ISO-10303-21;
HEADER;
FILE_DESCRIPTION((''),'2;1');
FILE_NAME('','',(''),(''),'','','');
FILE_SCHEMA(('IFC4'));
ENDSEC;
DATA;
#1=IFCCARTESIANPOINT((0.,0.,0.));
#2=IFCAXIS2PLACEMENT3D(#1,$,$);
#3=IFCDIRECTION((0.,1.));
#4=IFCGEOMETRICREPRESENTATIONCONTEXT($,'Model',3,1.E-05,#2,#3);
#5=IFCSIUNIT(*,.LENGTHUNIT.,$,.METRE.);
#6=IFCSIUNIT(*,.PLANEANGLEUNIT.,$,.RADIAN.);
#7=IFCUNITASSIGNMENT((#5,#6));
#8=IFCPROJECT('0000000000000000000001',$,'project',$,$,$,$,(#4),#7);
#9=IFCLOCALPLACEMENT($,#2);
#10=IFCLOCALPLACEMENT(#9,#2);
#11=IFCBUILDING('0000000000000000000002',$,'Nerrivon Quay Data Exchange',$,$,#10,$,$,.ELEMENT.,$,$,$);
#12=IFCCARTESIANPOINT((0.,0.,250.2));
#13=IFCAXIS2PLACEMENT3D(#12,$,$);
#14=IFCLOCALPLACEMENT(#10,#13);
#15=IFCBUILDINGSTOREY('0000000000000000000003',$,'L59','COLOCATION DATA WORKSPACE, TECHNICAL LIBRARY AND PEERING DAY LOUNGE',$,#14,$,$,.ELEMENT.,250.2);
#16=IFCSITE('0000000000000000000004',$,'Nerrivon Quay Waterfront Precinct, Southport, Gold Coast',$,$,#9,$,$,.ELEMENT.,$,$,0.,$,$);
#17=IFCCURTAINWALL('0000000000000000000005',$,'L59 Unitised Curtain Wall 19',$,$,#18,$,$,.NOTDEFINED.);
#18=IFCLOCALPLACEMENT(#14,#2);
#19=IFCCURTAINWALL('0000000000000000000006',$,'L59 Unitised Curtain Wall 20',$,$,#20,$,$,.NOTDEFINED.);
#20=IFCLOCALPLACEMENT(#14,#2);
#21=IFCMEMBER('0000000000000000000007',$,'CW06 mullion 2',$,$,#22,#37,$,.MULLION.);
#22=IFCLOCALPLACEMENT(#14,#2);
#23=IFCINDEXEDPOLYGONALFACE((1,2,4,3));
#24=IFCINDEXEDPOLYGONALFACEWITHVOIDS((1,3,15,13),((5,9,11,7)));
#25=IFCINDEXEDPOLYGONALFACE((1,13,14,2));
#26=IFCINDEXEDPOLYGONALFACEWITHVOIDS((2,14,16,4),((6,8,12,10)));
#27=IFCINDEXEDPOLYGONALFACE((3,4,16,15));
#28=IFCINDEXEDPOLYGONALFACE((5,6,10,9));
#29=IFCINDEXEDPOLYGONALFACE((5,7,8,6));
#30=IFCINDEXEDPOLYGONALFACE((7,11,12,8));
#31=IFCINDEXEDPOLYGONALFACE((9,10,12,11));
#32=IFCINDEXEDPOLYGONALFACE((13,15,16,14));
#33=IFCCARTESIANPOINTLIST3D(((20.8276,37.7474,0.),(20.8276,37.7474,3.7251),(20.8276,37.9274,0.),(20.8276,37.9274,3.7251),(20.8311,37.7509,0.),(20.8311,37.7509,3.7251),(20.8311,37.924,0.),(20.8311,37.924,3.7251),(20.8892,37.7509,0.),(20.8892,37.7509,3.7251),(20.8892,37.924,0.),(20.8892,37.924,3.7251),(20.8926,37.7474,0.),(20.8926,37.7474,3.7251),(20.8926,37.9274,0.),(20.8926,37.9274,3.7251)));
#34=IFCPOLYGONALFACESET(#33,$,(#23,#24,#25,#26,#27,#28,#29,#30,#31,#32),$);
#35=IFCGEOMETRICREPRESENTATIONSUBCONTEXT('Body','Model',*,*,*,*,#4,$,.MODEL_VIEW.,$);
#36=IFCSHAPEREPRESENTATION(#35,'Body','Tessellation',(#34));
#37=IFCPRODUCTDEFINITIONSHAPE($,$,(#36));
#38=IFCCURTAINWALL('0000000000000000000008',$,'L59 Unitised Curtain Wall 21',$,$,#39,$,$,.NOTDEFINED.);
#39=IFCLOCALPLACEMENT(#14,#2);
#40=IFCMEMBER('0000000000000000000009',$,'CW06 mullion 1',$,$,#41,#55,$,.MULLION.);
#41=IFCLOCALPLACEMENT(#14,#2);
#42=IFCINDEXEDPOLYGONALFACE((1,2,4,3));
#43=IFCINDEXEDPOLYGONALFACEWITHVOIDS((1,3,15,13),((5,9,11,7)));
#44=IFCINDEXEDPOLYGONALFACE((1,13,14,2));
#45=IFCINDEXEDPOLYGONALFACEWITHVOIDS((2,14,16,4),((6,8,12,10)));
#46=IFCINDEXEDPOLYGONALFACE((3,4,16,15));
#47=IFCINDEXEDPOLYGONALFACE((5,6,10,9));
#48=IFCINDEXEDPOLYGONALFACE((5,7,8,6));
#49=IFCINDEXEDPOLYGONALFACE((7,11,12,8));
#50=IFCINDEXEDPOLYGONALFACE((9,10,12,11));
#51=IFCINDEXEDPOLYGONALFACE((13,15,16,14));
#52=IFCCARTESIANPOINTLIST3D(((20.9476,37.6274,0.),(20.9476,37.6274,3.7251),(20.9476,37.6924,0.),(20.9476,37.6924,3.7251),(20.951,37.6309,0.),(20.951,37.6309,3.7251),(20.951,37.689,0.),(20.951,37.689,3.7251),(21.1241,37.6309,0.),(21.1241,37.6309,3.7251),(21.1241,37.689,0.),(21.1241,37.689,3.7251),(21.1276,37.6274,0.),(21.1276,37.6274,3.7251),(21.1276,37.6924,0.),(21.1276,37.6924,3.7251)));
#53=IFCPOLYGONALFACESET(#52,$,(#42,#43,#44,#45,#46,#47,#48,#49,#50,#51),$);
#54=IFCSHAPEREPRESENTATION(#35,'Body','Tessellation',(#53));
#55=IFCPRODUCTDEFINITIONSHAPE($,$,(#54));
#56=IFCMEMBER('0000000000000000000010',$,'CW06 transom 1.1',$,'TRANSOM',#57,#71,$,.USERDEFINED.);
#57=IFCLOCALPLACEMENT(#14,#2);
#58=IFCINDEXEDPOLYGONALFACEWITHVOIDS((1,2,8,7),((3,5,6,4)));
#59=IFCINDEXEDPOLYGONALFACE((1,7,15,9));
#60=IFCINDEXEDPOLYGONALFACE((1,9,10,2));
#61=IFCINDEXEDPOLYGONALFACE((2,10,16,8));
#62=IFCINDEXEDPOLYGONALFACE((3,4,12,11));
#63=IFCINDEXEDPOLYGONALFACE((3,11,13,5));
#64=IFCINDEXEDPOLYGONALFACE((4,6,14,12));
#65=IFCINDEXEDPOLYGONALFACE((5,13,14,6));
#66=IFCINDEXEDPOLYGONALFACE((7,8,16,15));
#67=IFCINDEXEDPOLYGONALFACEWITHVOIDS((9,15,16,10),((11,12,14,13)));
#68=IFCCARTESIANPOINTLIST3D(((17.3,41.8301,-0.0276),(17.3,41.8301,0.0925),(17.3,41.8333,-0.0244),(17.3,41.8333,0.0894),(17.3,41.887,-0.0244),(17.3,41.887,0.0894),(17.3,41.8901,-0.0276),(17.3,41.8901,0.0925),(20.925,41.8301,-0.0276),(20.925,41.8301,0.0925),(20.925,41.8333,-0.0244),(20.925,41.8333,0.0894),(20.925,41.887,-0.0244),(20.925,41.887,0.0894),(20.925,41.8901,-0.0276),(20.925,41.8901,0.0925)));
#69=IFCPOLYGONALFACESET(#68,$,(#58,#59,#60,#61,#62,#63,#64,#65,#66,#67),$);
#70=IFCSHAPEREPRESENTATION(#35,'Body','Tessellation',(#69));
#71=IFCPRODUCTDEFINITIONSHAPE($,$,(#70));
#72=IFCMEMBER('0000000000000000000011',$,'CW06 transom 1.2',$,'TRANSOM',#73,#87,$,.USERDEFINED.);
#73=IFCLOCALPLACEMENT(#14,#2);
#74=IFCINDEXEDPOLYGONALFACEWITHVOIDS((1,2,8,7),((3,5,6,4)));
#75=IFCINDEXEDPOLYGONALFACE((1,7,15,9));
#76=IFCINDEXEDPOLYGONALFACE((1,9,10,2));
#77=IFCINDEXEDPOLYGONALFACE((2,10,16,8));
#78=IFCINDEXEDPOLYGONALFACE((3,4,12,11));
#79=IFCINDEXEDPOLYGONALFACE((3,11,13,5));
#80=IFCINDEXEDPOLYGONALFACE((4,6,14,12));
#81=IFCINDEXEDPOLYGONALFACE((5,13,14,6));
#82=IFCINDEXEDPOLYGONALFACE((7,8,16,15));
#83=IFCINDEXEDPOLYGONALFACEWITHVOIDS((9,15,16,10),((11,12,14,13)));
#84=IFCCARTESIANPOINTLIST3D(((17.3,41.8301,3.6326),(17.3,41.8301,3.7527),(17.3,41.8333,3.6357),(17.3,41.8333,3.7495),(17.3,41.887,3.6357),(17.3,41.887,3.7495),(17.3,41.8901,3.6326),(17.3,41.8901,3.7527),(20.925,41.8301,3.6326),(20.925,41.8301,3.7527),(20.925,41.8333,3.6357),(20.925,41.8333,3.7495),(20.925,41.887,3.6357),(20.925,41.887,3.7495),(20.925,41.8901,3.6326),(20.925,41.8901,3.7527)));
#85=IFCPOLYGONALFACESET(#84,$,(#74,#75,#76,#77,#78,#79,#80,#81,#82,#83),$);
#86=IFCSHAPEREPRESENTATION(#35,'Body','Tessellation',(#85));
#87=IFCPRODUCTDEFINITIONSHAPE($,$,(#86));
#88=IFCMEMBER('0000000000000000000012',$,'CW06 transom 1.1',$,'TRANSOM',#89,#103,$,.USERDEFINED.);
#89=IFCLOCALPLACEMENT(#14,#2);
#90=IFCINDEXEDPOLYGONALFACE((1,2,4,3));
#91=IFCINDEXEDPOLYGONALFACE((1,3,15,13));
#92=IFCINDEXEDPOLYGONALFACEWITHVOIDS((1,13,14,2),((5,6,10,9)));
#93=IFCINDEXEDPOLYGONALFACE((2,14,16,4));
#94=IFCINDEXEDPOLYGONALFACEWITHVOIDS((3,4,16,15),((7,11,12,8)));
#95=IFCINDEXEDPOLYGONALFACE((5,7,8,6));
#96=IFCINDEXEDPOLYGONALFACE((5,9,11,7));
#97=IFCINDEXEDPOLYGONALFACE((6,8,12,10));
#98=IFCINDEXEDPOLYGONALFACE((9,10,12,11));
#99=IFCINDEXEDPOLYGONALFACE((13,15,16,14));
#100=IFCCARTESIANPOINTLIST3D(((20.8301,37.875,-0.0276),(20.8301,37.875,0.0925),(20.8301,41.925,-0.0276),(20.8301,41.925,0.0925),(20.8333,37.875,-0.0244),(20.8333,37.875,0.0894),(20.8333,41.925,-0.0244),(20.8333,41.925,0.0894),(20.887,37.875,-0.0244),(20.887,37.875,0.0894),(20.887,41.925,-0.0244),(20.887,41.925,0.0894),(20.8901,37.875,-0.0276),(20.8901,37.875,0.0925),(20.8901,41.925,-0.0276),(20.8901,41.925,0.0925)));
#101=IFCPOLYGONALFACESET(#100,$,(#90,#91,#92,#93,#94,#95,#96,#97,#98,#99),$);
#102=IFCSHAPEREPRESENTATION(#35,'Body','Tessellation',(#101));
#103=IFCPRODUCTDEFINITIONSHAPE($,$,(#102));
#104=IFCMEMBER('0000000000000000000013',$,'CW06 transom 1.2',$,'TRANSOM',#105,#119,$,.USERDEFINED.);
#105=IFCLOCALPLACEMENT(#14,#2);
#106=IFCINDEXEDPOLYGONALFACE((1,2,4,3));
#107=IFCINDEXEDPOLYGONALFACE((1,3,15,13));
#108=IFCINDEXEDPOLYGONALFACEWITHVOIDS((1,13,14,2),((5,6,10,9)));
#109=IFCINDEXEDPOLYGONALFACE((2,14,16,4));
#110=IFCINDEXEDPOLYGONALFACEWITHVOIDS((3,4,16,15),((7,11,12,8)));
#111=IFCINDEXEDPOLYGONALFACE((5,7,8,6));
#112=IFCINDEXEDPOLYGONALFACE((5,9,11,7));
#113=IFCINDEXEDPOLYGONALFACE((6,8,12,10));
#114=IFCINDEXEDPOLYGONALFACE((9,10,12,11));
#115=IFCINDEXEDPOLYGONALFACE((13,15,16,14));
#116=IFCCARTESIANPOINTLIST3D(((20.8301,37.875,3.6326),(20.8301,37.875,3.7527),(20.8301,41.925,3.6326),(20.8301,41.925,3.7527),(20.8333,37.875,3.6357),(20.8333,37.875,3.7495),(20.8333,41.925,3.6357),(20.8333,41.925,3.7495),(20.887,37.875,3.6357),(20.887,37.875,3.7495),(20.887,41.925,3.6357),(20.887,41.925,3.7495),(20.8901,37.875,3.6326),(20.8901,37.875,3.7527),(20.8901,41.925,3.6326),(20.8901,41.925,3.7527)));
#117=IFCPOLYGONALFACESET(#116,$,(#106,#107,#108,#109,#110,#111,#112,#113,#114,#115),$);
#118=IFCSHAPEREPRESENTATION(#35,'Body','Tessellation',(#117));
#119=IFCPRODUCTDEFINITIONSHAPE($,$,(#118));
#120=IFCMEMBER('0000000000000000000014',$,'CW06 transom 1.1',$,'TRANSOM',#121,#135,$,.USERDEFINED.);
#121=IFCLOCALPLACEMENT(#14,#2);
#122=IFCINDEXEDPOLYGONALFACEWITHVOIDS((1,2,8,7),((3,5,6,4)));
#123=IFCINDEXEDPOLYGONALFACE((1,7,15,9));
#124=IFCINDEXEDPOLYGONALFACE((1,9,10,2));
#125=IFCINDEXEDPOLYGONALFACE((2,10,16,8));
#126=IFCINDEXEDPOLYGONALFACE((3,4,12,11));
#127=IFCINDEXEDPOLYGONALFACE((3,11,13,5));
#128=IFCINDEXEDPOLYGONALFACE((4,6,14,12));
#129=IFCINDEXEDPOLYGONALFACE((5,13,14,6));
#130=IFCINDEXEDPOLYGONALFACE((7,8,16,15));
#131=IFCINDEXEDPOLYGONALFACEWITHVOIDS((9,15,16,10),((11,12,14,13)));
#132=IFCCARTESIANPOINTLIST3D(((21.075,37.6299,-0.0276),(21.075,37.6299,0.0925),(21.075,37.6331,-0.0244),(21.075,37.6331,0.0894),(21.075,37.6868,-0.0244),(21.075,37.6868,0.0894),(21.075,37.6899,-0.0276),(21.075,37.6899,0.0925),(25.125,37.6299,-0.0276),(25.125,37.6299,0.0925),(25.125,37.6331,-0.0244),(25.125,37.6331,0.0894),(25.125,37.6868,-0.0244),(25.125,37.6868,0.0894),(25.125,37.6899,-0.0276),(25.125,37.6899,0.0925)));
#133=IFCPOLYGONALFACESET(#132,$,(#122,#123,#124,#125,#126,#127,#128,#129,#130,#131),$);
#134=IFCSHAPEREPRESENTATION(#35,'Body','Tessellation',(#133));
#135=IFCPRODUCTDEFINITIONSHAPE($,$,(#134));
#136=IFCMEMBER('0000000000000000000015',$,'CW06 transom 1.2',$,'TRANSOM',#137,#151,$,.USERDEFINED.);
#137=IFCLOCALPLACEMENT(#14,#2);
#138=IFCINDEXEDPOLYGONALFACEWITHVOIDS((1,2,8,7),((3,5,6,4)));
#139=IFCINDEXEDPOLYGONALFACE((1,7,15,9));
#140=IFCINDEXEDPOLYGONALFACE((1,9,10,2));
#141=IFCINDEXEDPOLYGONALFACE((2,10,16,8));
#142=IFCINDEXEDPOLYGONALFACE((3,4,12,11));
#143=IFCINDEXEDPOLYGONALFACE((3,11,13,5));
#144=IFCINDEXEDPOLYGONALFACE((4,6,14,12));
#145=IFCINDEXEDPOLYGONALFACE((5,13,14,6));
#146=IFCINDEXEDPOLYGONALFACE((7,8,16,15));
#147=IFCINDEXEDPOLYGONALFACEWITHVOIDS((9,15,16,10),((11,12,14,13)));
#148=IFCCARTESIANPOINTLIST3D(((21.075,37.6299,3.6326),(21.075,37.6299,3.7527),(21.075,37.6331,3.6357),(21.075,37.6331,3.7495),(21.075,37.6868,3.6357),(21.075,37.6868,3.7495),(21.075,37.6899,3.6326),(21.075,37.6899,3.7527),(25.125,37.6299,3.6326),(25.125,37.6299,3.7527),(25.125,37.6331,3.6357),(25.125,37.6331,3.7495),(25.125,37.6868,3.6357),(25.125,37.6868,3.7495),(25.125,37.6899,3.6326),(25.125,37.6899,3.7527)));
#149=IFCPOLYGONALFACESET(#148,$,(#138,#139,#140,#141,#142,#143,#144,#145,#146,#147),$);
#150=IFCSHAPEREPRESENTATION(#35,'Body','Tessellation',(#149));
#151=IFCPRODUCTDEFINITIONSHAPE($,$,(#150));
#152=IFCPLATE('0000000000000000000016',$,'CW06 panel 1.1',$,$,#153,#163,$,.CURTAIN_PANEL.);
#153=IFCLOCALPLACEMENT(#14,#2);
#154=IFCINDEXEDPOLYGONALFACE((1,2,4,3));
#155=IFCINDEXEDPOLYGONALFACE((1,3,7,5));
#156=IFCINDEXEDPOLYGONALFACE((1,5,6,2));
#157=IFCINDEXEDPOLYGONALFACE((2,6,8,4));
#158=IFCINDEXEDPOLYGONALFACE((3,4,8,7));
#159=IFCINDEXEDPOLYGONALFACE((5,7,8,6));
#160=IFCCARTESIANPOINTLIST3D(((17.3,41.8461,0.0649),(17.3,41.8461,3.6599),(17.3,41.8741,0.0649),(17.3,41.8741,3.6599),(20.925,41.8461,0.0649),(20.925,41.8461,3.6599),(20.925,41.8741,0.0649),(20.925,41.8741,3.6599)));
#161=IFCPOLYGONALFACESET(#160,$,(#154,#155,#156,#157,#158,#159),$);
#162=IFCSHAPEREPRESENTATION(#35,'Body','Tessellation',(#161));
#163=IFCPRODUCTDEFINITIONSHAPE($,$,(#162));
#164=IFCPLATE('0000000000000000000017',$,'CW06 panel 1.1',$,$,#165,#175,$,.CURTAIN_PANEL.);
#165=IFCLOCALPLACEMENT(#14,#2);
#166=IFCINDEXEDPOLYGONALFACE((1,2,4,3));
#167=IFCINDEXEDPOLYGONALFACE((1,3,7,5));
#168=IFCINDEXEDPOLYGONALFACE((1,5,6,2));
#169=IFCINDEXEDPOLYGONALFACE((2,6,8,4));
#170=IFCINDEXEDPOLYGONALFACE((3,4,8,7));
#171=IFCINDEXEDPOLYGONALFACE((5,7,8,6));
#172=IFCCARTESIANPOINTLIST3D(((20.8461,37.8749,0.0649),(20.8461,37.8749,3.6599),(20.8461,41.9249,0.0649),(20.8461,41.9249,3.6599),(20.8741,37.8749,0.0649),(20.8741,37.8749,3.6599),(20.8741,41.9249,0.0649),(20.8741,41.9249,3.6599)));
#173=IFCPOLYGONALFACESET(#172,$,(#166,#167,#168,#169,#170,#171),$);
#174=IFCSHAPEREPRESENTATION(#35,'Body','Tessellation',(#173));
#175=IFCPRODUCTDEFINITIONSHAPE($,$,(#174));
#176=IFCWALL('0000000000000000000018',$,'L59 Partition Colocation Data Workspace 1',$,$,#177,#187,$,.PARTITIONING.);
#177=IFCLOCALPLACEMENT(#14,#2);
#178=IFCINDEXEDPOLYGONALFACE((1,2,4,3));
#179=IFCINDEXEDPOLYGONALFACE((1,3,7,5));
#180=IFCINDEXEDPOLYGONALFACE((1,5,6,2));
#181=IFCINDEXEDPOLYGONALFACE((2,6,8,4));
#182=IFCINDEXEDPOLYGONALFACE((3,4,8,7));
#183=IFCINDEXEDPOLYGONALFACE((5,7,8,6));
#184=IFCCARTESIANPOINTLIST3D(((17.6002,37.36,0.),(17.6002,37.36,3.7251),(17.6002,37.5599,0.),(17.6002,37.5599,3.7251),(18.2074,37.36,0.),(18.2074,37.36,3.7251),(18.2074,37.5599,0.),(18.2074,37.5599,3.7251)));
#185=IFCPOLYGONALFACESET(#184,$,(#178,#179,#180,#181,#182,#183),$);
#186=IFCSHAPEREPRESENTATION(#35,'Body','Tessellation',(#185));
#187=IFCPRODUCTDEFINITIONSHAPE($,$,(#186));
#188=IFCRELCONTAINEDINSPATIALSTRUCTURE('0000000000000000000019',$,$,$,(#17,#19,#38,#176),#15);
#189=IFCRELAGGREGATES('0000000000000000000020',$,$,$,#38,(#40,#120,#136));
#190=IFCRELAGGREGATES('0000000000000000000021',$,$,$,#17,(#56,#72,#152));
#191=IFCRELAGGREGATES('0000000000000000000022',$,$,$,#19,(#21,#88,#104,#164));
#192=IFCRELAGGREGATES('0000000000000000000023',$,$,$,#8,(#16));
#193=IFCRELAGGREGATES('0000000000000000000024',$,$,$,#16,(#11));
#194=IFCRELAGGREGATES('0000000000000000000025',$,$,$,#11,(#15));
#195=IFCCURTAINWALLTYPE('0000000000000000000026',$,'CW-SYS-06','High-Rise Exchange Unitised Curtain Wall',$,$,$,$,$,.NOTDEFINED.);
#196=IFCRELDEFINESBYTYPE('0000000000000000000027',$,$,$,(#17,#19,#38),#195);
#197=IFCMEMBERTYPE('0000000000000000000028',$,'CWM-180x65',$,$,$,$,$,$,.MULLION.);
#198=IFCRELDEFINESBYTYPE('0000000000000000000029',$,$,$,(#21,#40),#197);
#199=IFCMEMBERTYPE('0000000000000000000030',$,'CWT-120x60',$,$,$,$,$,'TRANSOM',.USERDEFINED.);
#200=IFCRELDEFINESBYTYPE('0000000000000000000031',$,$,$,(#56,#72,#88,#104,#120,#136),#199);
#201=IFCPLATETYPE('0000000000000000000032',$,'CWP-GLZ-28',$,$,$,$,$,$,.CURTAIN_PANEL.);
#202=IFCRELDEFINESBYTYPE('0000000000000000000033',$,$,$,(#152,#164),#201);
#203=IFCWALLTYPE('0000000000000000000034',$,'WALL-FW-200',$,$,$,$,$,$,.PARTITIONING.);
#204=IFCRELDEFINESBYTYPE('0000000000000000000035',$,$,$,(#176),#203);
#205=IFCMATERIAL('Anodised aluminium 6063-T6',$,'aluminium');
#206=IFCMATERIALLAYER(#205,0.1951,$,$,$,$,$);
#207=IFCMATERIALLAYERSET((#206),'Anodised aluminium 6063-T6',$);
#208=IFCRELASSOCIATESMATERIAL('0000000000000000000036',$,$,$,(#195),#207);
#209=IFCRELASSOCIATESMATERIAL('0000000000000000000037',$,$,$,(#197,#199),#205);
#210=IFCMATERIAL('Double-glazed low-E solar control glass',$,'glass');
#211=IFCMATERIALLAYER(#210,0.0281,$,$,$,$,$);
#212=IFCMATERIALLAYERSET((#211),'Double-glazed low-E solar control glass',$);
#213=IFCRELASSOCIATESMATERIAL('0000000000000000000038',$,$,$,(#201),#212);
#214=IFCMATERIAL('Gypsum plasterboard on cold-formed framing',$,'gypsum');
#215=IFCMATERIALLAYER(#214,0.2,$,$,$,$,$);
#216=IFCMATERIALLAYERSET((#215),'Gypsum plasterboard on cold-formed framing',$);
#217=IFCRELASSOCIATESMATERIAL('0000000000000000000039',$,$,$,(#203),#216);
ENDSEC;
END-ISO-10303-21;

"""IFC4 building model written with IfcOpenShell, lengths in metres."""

from ifc_helpers import new_model, si_unit, direction, frame, frame_2d, origin, origin_2d, place, context, subcontext, project, spatial, rectangle, hollow_rectangle, extrude, material, layer, layer_set, material_profile, profile_set, type_object, element, aggregate, save


model = new_model("IFC4")

# Units and contexts
model_context = context("Model", 3, precision=1e-05, world=origin(), true_north=direction((0.0, 1.0)))
body_context = subcontext(model_context, "Body", "Model", "MODEL_VIEW")
ifc_project = project(units=[si_unit("LENGTHUNIT", "METRE"), si_unit("PLANEANGLEUNIT", "RADIAN")], contexts=[model_context])

# Site, building, storey
site_placement = place(None, origin())
site = spatial("IfcSite", under=ifc_project, at=site_placement, Name="Nerrivon Quay Waterfront Precinct, Southport, Gold Coast", CompositionType="ELEMENT", RefElevation=0.0)
building_placement = place(site_placement, origin())
building = spatial("IfcBuilding", under=site, at=building_placement, Name="Nerrivon Quay Data Exchange", CompositionType="ELEMENT")
storey_placement = place(building_placement, frame((0.0, 0.0, 250.2)))
storey = spatial("IfcBuildingStorey", under=building, at=storey_placement, Name="L59", Description="COLOCATION DATA WORKSPACE, TECHNICAL LIBRARY AND PEERING DAY LOUNGE", CompositionType="ELEMENT", Elevation=250.2)

# Curtain walls, member
ifc_material_1 = material(Name="Anodised aluminium 6063-T6", Category="aluminium")
ifc_layer_1 = layer(ifc_material_1, 0.1951)
ifc_layer_set_1 = layer_set([ifc_layer_1], Name="Anodised aluminium 6063-T6")
curtain_wall_type = type_object("IfcCurtainWallType", Name="CW-SYS-06", Description="High-Rise Exchange Unitised Curtain Wall", PredefinedType="NOTDEFINED", material=ifc_layer_set_1)
curtain_wall_1_placement = place(storey_placement, origin())
curtain_wall_1 = element("IfcCurtainWall", 1, at=curtain_wall_1_placement, inside=storey, type_object=curtain_wall_type, Name="L59 Unitised Curtain Wall 19", PredefinedType="NOTDEFINED")
ifc_material_profile_1 = material_profile(ifc_material_1, hollow_rectangle(XDim=0.0649, YDim=0.1799, WallThickness=0.0034, at=origin_2d()), Name="ALU-MULL-180x65")
ifc_profile_set_1 = profile_set([ifc_material_profile_1], Name="Anodised aluminium 6063-T6")
member_type_1 = type_object("IfcMemberType", Name="CWM-180x65", PredefinedType="MULLION", material=ifc_profile_set_1)
curtain_wall_2_placement = place(storey_placement, origin())
curtain_wall_2 = element("IfcCurtainWall", 2, at=curtain_wall_2_placement, inside=storey, type_object=curtain_wall_type, Name="L59 Unitised Curtain Wall 20", PredefinedType="NOTDEFINED")
member_1_placement = place(storey_placement, frame((20.8601, 37.8374, 0.0), z_axis=(0.0, 0.0, 1.0), x_axis=(1.0, 0.0, 0.0)))
member_1 = element("IfcMember", 3, at=member_1_placement, type_object=member_type_1, Name="CW06 mullion 2", PredefinedType="MULLION", context=body_context, shape_type="SweptSolid", body=[
    extrude(hollow_rectangle(XDim=0.0649, YDim=0.1799, WallThickness=0.0034, at=origin_2d()), origin(), (0.0, 0.0, 1.0), 3.7251),
])

# Curtain wall, member
curtain_wall_3_placement = place(storey_placement, origin())
curtain_wall_3 = element("IfcCurtainWall", 4, at=curtain_wall_3_placement, inside=storey, type_object=curtain_wall_type, Name="L59 Unitised Curtain Wall 21", PredefinedType="NOTDEFINED")
member_2_placement = place(storey_placement, frame((21.0376, 37.6599, 0.0), z_axis=(0.0, 0.0, 1.0), x_axis=(0.0, 1.0, 0.0)))
member_2 = element("IfcMember", 5, at=member_2_placement, type_object=member_type_1, Name="CW06 mullion 1", PredefinedType="MULLION", context=body_context, shape_type="SweptSolid", body=[
    extrude(hollow_rectangle(XDim=0.0649, YDim=0.1799, WallThickness=0.0034, at=origin_2d()), origin(), (0.0, 0.0, 1.0), 3.7251),
])

# Members
ifc_material_profile_2 = material_profile(ifc_material_1, hollow_rectangle(XDim=0.0601, YDim=0.1201, WallThickness=0.0032, at=origin_2d()), Name="ALU-TRAN-120x60")
ifc_profile_set_2 = profile_set([ifc_material_profile_2], Name="Anodised aluminium 6063-T6")
member_type_2 = type_object("IfcMemberType", Name="CWT-120x60", ElementType="TRANSOM", PredefinedType="USERDEFINED", material=ifc_profile_set_2)
member_3_placement = place(storey_placement, frame((17.3, 41.8601, 0.0325), z_axis=(1.0, 0.0, 0.0), x_axis=(0.0, 1.0, 0.0)))
member_3 = element("IfcMember", 6, at=member_3_placement, type_object=member_type_2, Name="CW06 transom 1.1", ObjectType="TRANSOM", PredefinedType="USERDEFINED", context=body_context, shape_type="SweptSolid", body=[
    extrude(hollow_rectangle(XDim=0.0601, YDim=0.1201, WallThickness=0.0032, at=origin_2d()), origin(), (0.0, 0.0, 1.0), 3.625),
])
member_4_placement = place(storey_placement, frame((17.3, 41.8601, 3.6926), z_axis=(1.0, 0.0, 0.0), x_axis=(0.0, 1.0, 0.0)))
member_4 = element("IfcMember", 7, at=member_4_placement, type_object=member_type_2, Name="CW06 transom 1.2", ObjectType="TRANSOM", PredefinedType="USERDEFINED", context=body_context, shape_type="SweptSolid", body=[
    extrude(hollow_rectangle(XDim=0.0601, YDim=0.1201, WallThickness=0.0032, at=origin_2d()), origin(), (0.0, 0.0, 1.0), 3.625),
])
member_5_placement = place(storey_placement, frame((20.8601, 41.925, 0.0325), z_axis=(0.0, -1.0, 0.0), x_axis=(1.0, 0.0, 0.0)))
member_5 = element("IfcMember", 8, at=member_5_placement, type_object=member_type_2, Name="CW06 transom 1.1", ObjectType="TRANSOM", PredefinedType="USERDEFINED", context=body_context, shape_type="SweptSolid", body=[
    extrude(hollow_rectangle(XDim=0.0601, YDim=0.1201, WallThickness=0.0032, at=origin_2d()), origin(), (0.0, 0.0, 1.0), 4.05),
])
member_6_placement = place(storey_placement, frame((20.8601, 41.925, 3.6926), z_axis=(0.0, -1.0, 0.0), x_axis=(1.0, 0.0, 0.0)))
member_6 = element("IfcMember", 9, at=member_6_placement, type_object=member_type_2, Name="CW06 transom 1.2", ObjectType="TRANSOM", PredefinedType="USERDEFINED", context=body_context, shape_type="SweptSolid", body=[
    extrude(hollow_rectangle(XDim=0.0601, YDim=0.1201, WallThickness=0.0032, at=origin_2d()), origin(), (0.0, 0.0, 1.0), 4.05),
])
member_7_placement = place(storey_placement, frame((21.075, 37.6599, 0.0325), z_axis=(1.0, 0.0, 0.0), x_axis=(0.0, 1.0, 0.0)))
member_7 = element("IfcMember", 10, at=member_7_placement, type_object=member_type_2, Name="CW06 transom 1.1", ObjectType="TRANSOM", PredefinedType="USERDEFINED", context=body_context, shape_type="SweptSolid", body=[
    extrude(hollow_rectangle(XDim=0.0601, YDim=0.1201, WallThickness=0.0032, at=origin_2d()), origin(), (0.0, 0.0, 1.0), 4.05),
])
member_8_placement = place(storey_placement, frame((21.075, 37.6599, 3.6926), z_axis=(1.0, 0.0, 0.0), x_axis=(0.0, 1.0, 0.0)))
member_8 = element("IfcMember", 11, at=member_8_placement, type_object=member_type_2, Name="CW06 transom 1.2", ObjectType="TRANSOM", PredefinedType="USERDEFINED", context=body_context, shape_type="SweptSolid", body=[
    extrude(hollow_rectangle(XDim=0.0601, YDim=0.1201, WallThickness=0.0032, at=origin_2d()), origin(), (0.0, 0.0, 1.0), 4.05),
])
aggregate(curtain_wall_3, [member_2, member_7, member_8])

# Plates
ifc_material_2 = material(Name="Double-glazed low-E solar control glass", Category="glass")
ifc_layer_2 = layer(ifc_material_2, 0.0281)
ifc_layer_set_2 = layer_set([ifc_layer_2], Name="Double-glazed low-E solar control glass")
plate_type = type_object("IfcPlateType", Name="CWP-GLZ-28", PredefinedType="CURTAIN_PANEL", material=ifc_layer_set_2)
plate_1_placement = place(storey_placement, frame((19.1125, 41.8601, 0.0649), z_axis=(0.0, 0.0, 1.0), x_axis=(1.0, 0.0, 0.0)))
plate_1 = element("IfcPlate", 12, at=plate_1_placement, type_object=plate_type, Name="CW06 panel 1.1", PredefinedType="CURTAIN_PANEL", context=body_context, shape_type="SweptSolid", body=[
    extrude(rectangle(XDim=3.625, YDim=0.0281, at=origin_2d()), origin(), (0.0, 0.0, 1.0), 3.595),
])
aggregate(curtain_wall_1, [member_3, member_4, plate_1])
plate_2_placement = place(storey_placement, frame((20.8601, 39.8999, 0.0649), z_axis=(0.0, 0.0, 1.0), x_axis=(0.0, -1.0, 0.0)))
plate_2 = element("IfcPlate", 13, at=plate_2_placement, type_object=plate_type, Name="CW06 panel 1.1", PredefinedType="CURTAIN_PANEL", context=body_context, shape_type="SweptSolid", body=[
    extrude(rectangle(XDim=4.05, YDim=0.0281, at=origin_2d()), origin(), (0.0, 0.0, 1.0), 3.595),
])
aggregate(curtain_wall_2, [member_1, member_5, member_6, plate_2])

# Wall
ifc_material_3 = material(Name="Gypsum plasterboard on cold-formed framing", Category="gypsum")
ifc_layer_3 = layer(ifc_material_3, 0.2)
ifc_layer_set_3 = layer_set([ifc_layer_3], Name="Gypsum plasterboard on cold-formed framing")
wall_type_1 = type_object("IfcWallType", Name="WALL-FW-200", PredefinedType="PARTITIONING", material=ifc_layer_set_3)
wall_1_placement = place(storey_placement, frame((17.6001, 37.46, 0.0), z_axis=(0.0, 0.0, 1.0), x_axis=(1.0, 0.0, 0.0)))
element("IfcWall", 14, at=wall_1_placement, inside=storey, type_object=wall_type_1, Name="L59 Partition Colocation Data Workspace 1", PredefinedType="PARTITIONING", context=body_context, shape_type="SweptSolid", body=[
    extrude(rectangle(XDim=0.6072, YDim=0.2, at=frame_2d((0.3037, 0.0))), origin(), (0.0, 0.0, 1.0), 3.7251),
])

save(model, "model.ifc")
